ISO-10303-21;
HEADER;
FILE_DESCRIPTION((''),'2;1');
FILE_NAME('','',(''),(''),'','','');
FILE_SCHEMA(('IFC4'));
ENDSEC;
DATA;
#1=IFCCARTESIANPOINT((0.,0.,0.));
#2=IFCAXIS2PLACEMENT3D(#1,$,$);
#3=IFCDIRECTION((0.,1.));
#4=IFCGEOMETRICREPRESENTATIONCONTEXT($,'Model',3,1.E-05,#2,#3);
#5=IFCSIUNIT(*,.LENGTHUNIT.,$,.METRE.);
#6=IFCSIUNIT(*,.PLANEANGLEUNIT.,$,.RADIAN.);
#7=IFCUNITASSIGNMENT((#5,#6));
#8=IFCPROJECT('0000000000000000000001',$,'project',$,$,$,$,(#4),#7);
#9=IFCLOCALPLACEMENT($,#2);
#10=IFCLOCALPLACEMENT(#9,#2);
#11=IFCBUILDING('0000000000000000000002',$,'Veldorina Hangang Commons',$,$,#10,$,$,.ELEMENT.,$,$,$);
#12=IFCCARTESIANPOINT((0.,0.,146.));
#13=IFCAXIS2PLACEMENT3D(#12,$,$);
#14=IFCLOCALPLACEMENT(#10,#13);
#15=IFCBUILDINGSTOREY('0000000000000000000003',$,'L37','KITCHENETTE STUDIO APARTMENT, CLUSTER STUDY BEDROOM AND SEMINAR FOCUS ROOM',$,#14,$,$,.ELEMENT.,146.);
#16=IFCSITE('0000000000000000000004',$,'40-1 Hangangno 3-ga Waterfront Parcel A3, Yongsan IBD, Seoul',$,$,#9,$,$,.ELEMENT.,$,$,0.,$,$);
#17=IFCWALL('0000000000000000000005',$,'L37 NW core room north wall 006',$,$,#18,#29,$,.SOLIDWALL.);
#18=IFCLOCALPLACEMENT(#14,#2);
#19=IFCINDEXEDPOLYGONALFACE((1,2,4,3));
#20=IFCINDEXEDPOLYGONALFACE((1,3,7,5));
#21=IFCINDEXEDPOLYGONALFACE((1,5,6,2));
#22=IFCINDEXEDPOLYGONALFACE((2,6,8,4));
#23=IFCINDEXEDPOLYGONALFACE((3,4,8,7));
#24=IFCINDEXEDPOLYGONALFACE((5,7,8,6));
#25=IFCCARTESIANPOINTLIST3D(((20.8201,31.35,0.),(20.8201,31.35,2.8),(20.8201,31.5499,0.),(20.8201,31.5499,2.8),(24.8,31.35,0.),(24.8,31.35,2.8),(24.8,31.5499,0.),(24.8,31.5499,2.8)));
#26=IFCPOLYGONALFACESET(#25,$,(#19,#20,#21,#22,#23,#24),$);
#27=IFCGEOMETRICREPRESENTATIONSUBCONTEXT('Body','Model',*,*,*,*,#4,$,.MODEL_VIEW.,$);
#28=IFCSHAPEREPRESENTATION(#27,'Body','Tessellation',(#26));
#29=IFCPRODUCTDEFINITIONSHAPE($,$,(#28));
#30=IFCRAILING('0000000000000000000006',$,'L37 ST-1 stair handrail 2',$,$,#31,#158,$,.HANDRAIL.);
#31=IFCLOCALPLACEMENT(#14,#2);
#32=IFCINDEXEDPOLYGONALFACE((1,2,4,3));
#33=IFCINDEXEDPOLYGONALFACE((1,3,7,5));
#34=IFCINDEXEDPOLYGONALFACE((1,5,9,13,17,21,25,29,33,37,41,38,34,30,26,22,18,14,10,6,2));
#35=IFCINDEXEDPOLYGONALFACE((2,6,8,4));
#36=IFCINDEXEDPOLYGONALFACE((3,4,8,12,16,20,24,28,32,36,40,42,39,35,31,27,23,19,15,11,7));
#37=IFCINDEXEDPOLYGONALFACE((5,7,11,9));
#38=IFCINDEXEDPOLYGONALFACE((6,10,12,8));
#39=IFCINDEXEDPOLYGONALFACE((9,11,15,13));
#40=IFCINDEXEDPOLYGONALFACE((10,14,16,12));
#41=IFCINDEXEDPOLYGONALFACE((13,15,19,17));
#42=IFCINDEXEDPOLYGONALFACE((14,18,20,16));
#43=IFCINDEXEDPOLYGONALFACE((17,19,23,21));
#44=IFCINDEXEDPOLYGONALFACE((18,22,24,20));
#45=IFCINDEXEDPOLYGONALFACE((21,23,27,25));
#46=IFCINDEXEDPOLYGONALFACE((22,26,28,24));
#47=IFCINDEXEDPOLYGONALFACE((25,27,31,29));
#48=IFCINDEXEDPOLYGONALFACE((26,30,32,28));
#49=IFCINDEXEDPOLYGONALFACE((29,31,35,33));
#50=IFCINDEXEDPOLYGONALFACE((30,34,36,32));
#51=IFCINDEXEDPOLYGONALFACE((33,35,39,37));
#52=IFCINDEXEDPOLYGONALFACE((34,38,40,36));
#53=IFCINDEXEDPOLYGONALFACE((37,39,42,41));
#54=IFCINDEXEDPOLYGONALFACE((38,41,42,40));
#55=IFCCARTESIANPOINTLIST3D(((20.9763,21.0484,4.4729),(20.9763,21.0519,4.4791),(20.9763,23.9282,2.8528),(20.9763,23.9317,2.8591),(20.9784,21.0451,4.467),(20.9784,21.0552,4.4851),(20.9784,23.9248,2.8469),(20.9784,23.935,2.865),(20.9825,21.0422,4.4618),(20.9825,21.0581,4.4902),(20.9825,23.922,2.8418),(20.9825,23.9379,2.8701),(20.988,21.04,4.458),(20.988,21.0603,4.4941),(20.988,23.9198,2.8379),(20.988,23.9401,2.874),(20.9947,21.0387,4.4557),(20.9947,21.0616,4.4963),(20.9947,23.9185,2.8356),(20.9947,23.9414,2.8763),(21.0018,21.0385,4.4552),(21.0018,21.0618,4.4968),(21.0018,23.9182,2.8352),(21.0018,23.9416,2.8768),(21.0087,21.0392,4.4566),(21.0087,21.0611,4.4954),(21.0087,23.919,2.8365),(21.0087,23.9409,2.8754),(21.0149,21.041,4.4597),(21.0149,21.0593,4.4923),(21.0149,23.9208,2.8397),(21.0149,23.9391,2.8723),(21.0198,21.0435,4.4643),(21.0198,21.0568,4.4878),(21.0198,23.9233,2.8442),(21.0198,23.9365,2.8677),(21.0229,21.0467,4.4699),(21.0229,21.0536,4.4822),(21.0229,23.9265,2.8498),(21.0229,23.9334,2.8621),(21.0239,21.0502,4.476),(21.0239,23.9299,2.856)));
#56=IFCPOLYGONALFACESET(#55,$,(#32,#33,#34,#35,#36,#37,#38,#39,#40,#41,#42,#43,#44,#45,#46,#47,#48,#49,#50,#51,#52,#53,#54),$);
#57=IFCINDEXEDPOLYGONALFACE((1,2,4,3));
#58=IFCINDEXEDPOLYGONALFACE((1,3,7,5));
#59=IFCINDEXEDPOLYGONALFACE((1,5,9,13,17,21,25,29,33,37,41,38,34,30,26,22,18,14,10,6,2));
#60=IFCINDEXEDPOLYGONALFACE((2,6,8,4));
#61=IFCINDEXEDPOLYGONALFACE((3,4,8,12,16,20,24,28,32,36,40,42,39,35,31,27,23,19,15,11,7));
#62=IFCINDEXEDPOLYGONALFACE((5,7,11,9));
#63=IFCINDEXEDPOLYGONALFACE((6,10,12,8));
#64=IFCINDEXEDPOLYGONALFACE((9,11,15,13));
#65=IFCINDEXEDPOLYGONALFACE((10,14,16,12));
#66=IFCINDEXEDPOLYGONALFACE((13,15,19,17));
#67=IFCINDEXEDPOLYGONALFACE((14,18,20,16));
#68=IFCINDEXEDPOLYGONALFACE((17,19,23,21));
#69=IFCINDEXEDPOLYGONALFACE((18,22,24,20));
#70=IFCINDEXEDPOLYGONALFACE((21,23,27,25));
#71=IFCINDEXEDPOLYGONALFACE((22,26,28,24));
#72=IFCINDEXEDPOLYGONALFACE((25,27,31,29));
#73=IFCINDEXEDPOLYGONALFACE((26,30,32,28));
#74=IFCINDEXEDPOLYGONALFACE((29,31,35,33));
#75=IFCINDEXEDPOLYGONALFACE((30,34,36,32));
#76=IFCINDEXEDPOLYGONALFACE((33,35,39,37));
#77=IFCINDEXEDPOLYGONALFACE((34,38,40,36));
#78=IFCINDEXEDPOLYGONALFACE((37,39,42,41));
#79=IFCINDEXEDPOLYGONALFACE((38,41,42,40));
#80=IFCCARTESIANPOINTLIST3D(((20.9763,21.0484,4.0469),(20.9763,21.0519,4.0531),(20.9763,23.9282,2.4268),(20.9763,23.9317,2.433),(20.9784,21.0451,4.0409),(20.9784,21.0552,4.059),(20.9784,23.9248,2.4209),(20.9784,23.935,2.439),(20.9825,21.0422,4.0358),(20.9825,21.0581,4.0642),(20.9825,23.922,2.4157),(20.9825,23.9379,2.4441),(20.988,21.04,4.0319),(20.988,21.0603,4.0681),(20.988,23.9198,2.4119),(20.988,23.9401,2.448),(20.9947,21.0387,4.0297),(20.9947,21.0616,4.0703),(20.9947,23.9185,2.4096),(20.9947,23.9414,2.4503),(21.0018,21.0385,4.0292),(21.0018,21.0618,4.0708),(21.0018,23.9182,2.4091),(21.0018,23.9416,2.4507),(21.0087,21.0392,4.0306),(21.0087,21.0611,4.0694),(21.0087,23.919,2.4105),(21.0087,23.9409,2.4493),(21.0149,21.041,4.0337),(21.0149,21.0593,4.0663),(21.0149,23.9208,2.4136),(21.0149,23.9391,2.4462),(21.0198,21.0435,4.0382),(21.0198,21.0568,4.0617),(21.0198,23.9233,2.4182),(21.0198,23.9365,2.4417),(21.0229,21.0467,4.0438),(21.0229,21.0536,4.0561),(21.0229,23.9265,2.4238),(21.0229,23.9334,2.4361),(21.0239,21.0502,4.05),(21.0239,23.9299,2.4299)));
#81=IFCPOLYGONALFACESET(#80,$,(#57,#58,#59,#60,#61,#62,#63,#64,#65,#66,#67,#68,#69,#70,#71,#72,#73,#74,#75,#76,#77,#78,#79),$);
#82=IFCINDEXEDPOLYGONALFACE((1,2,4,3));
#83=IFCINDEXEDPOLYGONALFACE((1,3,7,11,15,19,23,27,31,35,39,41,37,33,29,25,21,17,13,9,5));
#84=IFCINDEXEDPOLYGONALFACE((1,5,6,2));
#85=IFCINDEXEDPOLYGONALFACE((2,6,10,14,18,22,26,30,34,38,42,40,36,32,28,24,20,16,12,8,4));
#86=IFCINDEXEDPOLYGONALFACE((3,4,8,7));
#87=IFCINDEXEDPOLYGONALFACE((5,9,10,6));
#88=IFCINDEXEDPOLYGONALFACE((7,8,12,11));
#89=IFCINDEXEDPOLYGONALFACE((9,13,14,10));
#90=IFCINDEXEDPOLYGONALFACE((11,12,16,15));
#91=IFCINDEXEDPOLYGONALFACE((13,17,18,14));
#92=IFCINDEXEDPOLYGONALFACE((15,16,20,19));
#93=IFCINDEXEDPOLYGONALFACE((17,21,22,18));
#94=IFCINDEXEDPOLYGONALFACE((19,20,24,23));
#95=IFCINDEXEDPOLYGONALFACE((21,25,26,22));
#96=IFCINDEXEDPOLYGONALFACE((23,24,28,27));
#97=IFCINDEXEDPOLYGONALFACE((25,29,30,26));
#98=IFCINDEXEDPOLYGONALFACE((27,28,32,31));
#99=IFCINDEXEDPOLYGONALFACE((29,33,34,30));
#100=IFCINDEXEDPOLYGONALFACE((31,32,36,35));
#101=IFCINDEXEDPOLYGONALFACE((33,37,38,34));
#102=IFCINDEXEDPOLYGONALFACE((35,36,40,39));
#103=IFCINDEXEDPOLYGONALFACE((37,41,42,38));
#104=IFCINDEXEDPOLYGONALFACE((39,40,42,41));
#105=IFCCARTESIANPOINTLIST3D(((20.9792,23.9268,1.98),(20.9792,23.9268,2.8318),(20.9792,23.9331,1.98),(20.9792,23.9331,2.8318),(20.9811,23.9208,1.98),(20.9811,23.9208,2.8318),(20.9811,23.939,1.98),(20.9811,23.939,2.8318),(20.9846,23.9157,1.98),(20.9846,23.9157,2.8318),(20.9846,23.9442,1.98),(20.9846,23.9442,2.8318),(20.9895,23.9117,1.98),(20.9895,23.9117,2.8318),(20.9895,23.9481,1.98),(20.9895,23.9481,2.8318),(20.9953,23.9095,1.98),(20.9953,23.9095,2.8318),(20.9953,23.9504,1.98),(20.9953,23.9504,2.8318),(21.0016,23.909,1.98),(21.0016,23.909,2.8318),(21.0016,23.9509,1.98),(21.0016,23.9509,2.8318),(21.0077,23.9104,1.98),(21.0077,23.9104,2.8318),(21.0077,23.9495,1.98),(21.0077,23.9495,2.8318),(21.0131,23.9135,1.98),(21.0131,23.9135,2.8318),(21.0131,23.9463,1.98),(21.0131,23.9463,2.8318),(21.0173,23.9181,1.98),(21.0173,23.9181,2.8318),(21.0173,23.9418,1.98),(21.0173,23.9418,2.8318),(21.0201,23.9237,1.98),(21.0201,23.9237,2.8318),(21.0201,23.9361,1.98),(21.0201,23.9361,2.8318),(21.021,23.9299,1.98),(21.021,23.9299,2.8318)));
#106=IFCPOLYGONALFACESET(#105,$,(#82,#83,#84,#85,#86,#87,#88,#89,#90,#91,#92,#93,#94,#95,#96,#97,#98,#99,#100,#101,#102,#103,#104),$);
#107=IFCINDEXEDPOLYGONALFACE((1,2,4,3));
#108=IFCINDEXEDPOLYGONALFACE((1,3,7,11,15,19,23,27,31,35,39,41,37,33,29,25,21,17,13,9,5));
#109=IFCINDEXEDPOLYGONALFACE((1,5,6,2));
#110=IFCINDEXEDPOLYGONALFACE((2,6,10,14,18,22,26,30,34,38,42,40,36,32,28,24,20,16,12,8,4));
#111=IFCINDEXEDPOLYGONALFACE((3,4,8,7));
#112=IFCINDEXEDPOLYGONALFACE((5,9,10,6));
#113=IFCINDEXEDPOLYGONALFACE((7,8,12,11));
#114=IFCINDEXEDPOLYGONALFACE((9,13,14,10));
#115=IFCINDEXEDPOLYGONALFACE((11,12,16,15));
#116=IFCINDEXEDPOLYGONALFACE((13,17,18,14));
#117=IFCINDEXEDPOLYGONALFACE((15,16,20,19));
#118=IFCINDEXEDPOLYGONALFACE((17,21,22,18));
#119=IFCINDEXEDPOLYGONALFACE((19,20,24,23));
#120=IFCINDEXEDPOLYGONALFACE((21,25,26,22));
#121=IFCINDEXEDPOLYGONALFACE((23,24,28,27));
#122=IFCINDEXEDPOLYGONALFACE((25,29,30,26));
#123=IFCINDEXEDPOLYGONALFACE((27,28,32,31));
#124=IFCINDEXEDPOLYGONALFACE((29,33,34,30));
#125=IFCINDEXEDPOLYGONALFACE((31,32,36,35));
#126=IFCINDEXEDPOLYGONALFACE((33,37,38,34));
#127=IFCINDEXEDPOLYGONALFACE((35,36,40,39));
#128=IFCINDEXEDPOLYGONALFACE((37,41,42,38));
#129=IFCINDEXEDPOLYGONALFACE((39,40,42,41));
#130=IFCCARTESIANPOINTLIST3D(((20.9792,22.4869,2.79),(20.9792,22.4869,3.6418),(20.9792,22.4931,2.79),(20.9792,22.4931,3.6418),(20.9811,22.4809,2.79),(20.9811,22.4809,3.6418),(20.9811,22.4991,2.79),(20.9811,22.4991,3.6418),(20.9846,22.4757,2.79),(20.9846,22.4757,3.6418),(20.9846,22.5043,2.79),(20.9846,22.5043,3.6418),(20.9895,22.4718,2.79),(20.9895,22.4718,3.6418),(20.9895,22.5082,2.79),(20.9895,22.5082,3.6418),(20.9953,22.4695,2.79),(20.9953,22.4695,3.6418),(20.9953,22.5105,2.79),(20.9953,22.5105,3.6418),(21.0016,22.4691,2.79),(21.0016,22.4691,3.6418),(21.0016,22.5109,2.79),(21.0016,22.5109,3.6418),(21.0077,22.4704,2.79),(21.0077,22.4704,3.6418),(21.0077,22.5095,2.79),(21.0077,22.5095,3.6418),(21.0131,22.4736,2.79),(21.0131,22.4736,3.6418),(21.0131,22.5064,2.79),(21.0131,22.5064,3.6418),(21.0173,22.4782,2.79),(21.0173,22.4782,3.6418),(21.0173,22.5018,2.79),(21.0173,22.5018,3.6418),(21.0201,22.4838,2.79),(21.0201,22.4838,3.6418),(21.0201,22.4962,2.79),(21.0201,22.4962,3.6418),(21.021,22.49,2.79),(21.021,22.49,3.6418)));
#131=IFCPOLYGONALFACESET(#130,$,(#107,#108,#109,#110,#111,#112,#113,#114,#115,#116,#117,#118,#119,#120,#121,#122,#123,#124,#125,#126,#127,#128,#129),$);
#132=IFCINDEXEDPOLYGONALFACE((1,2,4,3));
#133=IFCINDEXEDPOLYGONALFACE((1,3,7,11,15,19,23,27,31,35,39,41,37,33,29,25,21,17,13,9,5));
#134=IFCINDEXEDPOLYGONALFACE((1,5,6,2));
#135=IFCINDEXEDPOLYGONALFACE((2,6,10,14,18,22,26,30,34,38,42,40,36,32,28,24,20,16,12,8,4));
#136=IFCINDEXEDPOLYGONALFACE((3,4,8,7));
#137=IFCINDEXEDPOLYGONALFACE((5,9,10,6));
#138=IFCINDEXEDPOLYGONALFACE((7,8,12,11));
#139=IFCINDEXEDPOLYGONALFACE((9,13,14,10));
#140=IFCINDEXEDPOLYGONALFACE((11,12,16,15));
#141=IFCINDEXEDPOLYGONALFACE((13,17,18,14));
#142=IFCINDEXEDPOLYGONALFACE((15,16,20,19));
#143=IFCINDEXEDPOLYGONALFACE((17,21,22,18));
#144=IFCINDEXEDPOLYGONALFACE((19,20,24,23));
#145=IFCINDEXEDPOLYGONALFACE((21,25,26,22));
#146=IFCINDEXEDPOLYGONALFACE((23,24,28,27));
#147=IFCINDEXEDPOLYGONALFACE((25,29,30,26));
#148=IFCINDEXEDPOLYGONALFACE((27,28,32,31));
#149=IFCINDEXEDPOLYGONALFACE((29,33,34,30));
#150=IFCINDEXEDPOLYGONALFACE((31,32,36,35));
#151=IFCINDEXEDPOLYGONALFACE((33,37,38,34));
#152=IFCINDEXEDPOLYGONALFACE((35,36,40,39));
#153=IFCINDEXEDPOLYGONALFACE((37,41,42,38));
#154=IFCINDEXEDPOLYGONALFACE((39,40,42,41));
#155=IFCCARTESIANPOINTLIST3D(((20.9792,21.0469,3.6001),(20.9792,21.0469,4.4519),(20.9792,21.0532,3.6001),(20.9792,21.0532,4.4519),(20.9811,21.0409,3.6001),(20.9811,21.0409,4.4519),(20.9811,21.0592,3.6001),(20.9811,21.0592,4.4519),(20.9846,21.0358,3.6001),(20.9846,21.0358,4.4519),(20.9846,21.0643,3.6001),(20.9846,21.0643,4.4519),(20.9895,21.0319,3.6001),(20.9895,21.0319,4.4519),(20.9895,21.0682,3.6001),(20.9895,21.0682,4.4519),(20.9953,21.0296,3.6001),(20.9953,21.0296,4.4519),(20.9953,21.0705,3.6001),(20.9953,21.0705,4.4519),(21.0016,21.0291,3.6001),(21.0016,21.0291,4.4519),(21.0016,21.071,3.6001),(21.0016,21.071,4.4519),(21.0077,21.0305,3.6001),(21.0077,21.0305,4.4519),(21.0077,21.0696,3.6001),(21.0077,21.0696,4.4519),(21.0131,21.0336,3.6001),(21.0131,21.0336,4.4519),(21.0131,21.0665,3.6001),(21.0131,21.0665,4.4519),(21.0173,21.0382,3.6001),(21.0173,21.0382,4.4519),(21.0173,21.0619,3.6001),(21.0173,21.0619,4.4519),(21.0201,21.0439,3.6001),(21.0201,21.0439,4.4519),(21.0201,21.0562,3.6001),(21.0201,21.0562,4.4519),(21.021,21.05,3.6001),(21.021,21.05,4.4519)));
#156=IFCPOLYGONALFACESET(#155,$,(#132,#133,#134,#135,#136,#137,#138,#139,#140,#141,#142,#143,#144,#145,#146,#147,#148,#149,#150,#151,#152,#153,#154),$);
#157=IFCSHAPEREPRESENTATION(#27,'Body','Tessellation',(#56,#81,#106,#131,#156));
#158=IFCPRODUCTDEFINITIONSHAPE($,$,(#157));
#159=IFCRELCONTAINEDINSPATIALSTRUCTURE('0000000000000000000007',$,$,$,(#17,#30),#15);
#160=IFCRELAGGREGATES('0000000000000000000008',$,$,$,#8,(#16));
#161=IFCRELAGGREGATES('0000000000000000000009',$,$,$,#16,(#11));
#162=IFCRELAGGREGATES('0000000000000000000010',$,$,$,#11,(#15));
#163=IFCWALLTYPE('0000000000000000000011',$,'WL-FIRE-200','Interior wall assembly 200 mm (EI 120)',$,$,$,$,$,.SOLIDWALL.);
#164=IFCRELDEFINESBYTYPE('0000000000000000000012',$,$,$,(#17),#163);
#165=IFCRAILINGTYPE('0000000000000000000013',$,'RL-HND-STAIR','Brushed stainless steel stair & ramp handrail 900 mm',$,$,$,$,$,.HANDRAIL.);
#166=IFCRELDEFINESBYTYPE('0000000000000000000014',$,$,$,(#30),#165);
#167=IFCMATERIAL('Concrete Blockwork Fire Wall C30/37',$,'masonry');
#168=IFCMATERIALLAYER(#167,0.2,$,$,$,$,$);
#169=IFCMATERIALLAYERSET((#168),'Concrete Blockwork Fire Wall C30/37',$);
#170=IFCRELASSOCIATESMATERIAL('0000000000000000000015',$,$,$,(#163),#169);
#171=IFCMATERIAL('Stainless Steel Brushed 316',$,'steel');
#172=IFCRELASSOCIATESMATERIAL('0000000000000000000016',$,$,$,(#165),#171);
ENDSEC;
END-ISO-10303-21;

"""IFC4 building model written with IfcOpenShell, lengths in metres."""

from ifc_helpers import new_model, si_unit, direction, frame, frame_2d, origin, origin_2d, place, context, subcontext, project, spatial, rectangle, circle, extrude, material, layer, layer_set, type_object, element, save


model = new_model("IFC4")

# Units and contexts
model_context = context("Model", 3, precision=1e-05, world=origin(), true_north=direction((0.0, 1.0)))
body_context = subcontext(model_context, "Body", "Model", "MODEL_VIEW")
ifc_project = project(units=[si_unit("LENGTHUNIT", "METRE"), si_unit("PLANEANGLEUNIT", "RADIAN")], contexts=[model_context])

# Site, building, storey
site_placement = place(None, origin())
site = spatial("IfcSite", under=ifc_project, at=site_placement, Name="40-1 Hangangno 3-ga Waterfront Parcel A3, Yongsan IBD, Seoul", CompositionType="ELEMENT", RefElevation=0.0)
building_placement = place(site_placement, origin())
building = spatial("IfcBuilding", under=site, at=building_placement, Name="Veldorina Hangang Commons", CompositionType="ELEMENT")
storey_placement = place(building_placement, frame((0.0, 0.0, 146.0)))
storey = spatial("IfcBuildingStorey", under=building, at=storey_placement, Name="L37", Description="KITCHENETTE STUDIO APARTMENT, CLUSTER STUDY BEDROOM AND SEMINAR FOCUS ROOM", CompositionType="ELEMENT", Elevation=146.0)

# Shared definitions
ifc_material_1 = material(Name="Concrete Blockwork Fire Wall C30/37", Category="masonry")
ifc_layer_1 = layer(ifc_material_1, 0.2)
ifc_layer_set_1 = layer_set([ifc_layer_1], Name="Concrete Blockwork Fire Wall C30/37")
wall_type_1 = type_object("IfcWallType", Name="WL-FIRE-200", Description="Interior wall assembly 200 mm (EI 120)", PredefinedType="SOLIDWALL", material=ifc_layer_set_1)

# Wall
wall_1_placement = place(storey_placement, frame((20.8201, 31.45, 0.0), z_axis=(0.0, 0.0, 1.0), x_axis=(1.0, 0.0, 0.0)))
element("IfcWall", 1, at=wall_1_placement, inside=storey, type_object=wall_type_1, Name="L37 NW core room north wall 006", PredefinedType="SOLIDWALL", context=body_context, shape_type="SweptSolid", body=[
    extrude(rectangle(XDim=3.98, YDim=0.2, at=frame_2d((1.99, 0.0))), origin(), (0.0, 0.0, 1.0), 2.8),
])

# Railing
ifc_material_2 = material(Name="Stainless Steel Brushed 316", Category="steel")
railing_type = type_object("IfcRailingType", Name="RL-HND-STAIR", Description="Brushed stainless steel stair & ramp handrail 900 mm", PredefinedType="HANDRAIL", material=ifc_material_2)
railing_placement = place(storey_placement, frame((21.0, 23.9299, 1.98)))
element("IfcRailing", 2, at=railing_placement, inside=storey, type_object=railing_type, Name="L37 ST-1 stair handrail 2", PredefinedType="HANDRAIL", context=body_context, shape_type="SweptSolid", body=[
    extrude(circle(Radius=0.0239, at=origin_2d()), frame((0.0, 0.0, 0.876), z_axis=(0.0, -0.871552, 0.490303), x_axis=(1.0, 0.0, 0.0)), (0.0, 0.0, 1.0), 3.3042),
    extrude(circle(Radius=0.0239, at=origin_2d()), frame((0.0, 0.0, 0.45), z_axis=(0.0, -0.871552, 0.490303), x_axis=(1.0, 0.0, 0.0)), (0.0, 0.0, 1.0), 3.3042),
    extrude(circle(Radius=0.021, at=origin_2d()), origin(), (0.0, 0.0, 1.0), 0.8518),
    extrude(circle(Radius=0.021, at=origin_2d()), frame((0.0, -1.4399, 0.8101)), (0.0, 0.0, 1.0), 0.8518),
    extrude(circle(Radius=0.021, at=origin_2d()), frame((0.0, -2.8799, 1.6201)), (0.0, 0.0, 1.0), 0.8518),
])

save(model, "model.ifc")
